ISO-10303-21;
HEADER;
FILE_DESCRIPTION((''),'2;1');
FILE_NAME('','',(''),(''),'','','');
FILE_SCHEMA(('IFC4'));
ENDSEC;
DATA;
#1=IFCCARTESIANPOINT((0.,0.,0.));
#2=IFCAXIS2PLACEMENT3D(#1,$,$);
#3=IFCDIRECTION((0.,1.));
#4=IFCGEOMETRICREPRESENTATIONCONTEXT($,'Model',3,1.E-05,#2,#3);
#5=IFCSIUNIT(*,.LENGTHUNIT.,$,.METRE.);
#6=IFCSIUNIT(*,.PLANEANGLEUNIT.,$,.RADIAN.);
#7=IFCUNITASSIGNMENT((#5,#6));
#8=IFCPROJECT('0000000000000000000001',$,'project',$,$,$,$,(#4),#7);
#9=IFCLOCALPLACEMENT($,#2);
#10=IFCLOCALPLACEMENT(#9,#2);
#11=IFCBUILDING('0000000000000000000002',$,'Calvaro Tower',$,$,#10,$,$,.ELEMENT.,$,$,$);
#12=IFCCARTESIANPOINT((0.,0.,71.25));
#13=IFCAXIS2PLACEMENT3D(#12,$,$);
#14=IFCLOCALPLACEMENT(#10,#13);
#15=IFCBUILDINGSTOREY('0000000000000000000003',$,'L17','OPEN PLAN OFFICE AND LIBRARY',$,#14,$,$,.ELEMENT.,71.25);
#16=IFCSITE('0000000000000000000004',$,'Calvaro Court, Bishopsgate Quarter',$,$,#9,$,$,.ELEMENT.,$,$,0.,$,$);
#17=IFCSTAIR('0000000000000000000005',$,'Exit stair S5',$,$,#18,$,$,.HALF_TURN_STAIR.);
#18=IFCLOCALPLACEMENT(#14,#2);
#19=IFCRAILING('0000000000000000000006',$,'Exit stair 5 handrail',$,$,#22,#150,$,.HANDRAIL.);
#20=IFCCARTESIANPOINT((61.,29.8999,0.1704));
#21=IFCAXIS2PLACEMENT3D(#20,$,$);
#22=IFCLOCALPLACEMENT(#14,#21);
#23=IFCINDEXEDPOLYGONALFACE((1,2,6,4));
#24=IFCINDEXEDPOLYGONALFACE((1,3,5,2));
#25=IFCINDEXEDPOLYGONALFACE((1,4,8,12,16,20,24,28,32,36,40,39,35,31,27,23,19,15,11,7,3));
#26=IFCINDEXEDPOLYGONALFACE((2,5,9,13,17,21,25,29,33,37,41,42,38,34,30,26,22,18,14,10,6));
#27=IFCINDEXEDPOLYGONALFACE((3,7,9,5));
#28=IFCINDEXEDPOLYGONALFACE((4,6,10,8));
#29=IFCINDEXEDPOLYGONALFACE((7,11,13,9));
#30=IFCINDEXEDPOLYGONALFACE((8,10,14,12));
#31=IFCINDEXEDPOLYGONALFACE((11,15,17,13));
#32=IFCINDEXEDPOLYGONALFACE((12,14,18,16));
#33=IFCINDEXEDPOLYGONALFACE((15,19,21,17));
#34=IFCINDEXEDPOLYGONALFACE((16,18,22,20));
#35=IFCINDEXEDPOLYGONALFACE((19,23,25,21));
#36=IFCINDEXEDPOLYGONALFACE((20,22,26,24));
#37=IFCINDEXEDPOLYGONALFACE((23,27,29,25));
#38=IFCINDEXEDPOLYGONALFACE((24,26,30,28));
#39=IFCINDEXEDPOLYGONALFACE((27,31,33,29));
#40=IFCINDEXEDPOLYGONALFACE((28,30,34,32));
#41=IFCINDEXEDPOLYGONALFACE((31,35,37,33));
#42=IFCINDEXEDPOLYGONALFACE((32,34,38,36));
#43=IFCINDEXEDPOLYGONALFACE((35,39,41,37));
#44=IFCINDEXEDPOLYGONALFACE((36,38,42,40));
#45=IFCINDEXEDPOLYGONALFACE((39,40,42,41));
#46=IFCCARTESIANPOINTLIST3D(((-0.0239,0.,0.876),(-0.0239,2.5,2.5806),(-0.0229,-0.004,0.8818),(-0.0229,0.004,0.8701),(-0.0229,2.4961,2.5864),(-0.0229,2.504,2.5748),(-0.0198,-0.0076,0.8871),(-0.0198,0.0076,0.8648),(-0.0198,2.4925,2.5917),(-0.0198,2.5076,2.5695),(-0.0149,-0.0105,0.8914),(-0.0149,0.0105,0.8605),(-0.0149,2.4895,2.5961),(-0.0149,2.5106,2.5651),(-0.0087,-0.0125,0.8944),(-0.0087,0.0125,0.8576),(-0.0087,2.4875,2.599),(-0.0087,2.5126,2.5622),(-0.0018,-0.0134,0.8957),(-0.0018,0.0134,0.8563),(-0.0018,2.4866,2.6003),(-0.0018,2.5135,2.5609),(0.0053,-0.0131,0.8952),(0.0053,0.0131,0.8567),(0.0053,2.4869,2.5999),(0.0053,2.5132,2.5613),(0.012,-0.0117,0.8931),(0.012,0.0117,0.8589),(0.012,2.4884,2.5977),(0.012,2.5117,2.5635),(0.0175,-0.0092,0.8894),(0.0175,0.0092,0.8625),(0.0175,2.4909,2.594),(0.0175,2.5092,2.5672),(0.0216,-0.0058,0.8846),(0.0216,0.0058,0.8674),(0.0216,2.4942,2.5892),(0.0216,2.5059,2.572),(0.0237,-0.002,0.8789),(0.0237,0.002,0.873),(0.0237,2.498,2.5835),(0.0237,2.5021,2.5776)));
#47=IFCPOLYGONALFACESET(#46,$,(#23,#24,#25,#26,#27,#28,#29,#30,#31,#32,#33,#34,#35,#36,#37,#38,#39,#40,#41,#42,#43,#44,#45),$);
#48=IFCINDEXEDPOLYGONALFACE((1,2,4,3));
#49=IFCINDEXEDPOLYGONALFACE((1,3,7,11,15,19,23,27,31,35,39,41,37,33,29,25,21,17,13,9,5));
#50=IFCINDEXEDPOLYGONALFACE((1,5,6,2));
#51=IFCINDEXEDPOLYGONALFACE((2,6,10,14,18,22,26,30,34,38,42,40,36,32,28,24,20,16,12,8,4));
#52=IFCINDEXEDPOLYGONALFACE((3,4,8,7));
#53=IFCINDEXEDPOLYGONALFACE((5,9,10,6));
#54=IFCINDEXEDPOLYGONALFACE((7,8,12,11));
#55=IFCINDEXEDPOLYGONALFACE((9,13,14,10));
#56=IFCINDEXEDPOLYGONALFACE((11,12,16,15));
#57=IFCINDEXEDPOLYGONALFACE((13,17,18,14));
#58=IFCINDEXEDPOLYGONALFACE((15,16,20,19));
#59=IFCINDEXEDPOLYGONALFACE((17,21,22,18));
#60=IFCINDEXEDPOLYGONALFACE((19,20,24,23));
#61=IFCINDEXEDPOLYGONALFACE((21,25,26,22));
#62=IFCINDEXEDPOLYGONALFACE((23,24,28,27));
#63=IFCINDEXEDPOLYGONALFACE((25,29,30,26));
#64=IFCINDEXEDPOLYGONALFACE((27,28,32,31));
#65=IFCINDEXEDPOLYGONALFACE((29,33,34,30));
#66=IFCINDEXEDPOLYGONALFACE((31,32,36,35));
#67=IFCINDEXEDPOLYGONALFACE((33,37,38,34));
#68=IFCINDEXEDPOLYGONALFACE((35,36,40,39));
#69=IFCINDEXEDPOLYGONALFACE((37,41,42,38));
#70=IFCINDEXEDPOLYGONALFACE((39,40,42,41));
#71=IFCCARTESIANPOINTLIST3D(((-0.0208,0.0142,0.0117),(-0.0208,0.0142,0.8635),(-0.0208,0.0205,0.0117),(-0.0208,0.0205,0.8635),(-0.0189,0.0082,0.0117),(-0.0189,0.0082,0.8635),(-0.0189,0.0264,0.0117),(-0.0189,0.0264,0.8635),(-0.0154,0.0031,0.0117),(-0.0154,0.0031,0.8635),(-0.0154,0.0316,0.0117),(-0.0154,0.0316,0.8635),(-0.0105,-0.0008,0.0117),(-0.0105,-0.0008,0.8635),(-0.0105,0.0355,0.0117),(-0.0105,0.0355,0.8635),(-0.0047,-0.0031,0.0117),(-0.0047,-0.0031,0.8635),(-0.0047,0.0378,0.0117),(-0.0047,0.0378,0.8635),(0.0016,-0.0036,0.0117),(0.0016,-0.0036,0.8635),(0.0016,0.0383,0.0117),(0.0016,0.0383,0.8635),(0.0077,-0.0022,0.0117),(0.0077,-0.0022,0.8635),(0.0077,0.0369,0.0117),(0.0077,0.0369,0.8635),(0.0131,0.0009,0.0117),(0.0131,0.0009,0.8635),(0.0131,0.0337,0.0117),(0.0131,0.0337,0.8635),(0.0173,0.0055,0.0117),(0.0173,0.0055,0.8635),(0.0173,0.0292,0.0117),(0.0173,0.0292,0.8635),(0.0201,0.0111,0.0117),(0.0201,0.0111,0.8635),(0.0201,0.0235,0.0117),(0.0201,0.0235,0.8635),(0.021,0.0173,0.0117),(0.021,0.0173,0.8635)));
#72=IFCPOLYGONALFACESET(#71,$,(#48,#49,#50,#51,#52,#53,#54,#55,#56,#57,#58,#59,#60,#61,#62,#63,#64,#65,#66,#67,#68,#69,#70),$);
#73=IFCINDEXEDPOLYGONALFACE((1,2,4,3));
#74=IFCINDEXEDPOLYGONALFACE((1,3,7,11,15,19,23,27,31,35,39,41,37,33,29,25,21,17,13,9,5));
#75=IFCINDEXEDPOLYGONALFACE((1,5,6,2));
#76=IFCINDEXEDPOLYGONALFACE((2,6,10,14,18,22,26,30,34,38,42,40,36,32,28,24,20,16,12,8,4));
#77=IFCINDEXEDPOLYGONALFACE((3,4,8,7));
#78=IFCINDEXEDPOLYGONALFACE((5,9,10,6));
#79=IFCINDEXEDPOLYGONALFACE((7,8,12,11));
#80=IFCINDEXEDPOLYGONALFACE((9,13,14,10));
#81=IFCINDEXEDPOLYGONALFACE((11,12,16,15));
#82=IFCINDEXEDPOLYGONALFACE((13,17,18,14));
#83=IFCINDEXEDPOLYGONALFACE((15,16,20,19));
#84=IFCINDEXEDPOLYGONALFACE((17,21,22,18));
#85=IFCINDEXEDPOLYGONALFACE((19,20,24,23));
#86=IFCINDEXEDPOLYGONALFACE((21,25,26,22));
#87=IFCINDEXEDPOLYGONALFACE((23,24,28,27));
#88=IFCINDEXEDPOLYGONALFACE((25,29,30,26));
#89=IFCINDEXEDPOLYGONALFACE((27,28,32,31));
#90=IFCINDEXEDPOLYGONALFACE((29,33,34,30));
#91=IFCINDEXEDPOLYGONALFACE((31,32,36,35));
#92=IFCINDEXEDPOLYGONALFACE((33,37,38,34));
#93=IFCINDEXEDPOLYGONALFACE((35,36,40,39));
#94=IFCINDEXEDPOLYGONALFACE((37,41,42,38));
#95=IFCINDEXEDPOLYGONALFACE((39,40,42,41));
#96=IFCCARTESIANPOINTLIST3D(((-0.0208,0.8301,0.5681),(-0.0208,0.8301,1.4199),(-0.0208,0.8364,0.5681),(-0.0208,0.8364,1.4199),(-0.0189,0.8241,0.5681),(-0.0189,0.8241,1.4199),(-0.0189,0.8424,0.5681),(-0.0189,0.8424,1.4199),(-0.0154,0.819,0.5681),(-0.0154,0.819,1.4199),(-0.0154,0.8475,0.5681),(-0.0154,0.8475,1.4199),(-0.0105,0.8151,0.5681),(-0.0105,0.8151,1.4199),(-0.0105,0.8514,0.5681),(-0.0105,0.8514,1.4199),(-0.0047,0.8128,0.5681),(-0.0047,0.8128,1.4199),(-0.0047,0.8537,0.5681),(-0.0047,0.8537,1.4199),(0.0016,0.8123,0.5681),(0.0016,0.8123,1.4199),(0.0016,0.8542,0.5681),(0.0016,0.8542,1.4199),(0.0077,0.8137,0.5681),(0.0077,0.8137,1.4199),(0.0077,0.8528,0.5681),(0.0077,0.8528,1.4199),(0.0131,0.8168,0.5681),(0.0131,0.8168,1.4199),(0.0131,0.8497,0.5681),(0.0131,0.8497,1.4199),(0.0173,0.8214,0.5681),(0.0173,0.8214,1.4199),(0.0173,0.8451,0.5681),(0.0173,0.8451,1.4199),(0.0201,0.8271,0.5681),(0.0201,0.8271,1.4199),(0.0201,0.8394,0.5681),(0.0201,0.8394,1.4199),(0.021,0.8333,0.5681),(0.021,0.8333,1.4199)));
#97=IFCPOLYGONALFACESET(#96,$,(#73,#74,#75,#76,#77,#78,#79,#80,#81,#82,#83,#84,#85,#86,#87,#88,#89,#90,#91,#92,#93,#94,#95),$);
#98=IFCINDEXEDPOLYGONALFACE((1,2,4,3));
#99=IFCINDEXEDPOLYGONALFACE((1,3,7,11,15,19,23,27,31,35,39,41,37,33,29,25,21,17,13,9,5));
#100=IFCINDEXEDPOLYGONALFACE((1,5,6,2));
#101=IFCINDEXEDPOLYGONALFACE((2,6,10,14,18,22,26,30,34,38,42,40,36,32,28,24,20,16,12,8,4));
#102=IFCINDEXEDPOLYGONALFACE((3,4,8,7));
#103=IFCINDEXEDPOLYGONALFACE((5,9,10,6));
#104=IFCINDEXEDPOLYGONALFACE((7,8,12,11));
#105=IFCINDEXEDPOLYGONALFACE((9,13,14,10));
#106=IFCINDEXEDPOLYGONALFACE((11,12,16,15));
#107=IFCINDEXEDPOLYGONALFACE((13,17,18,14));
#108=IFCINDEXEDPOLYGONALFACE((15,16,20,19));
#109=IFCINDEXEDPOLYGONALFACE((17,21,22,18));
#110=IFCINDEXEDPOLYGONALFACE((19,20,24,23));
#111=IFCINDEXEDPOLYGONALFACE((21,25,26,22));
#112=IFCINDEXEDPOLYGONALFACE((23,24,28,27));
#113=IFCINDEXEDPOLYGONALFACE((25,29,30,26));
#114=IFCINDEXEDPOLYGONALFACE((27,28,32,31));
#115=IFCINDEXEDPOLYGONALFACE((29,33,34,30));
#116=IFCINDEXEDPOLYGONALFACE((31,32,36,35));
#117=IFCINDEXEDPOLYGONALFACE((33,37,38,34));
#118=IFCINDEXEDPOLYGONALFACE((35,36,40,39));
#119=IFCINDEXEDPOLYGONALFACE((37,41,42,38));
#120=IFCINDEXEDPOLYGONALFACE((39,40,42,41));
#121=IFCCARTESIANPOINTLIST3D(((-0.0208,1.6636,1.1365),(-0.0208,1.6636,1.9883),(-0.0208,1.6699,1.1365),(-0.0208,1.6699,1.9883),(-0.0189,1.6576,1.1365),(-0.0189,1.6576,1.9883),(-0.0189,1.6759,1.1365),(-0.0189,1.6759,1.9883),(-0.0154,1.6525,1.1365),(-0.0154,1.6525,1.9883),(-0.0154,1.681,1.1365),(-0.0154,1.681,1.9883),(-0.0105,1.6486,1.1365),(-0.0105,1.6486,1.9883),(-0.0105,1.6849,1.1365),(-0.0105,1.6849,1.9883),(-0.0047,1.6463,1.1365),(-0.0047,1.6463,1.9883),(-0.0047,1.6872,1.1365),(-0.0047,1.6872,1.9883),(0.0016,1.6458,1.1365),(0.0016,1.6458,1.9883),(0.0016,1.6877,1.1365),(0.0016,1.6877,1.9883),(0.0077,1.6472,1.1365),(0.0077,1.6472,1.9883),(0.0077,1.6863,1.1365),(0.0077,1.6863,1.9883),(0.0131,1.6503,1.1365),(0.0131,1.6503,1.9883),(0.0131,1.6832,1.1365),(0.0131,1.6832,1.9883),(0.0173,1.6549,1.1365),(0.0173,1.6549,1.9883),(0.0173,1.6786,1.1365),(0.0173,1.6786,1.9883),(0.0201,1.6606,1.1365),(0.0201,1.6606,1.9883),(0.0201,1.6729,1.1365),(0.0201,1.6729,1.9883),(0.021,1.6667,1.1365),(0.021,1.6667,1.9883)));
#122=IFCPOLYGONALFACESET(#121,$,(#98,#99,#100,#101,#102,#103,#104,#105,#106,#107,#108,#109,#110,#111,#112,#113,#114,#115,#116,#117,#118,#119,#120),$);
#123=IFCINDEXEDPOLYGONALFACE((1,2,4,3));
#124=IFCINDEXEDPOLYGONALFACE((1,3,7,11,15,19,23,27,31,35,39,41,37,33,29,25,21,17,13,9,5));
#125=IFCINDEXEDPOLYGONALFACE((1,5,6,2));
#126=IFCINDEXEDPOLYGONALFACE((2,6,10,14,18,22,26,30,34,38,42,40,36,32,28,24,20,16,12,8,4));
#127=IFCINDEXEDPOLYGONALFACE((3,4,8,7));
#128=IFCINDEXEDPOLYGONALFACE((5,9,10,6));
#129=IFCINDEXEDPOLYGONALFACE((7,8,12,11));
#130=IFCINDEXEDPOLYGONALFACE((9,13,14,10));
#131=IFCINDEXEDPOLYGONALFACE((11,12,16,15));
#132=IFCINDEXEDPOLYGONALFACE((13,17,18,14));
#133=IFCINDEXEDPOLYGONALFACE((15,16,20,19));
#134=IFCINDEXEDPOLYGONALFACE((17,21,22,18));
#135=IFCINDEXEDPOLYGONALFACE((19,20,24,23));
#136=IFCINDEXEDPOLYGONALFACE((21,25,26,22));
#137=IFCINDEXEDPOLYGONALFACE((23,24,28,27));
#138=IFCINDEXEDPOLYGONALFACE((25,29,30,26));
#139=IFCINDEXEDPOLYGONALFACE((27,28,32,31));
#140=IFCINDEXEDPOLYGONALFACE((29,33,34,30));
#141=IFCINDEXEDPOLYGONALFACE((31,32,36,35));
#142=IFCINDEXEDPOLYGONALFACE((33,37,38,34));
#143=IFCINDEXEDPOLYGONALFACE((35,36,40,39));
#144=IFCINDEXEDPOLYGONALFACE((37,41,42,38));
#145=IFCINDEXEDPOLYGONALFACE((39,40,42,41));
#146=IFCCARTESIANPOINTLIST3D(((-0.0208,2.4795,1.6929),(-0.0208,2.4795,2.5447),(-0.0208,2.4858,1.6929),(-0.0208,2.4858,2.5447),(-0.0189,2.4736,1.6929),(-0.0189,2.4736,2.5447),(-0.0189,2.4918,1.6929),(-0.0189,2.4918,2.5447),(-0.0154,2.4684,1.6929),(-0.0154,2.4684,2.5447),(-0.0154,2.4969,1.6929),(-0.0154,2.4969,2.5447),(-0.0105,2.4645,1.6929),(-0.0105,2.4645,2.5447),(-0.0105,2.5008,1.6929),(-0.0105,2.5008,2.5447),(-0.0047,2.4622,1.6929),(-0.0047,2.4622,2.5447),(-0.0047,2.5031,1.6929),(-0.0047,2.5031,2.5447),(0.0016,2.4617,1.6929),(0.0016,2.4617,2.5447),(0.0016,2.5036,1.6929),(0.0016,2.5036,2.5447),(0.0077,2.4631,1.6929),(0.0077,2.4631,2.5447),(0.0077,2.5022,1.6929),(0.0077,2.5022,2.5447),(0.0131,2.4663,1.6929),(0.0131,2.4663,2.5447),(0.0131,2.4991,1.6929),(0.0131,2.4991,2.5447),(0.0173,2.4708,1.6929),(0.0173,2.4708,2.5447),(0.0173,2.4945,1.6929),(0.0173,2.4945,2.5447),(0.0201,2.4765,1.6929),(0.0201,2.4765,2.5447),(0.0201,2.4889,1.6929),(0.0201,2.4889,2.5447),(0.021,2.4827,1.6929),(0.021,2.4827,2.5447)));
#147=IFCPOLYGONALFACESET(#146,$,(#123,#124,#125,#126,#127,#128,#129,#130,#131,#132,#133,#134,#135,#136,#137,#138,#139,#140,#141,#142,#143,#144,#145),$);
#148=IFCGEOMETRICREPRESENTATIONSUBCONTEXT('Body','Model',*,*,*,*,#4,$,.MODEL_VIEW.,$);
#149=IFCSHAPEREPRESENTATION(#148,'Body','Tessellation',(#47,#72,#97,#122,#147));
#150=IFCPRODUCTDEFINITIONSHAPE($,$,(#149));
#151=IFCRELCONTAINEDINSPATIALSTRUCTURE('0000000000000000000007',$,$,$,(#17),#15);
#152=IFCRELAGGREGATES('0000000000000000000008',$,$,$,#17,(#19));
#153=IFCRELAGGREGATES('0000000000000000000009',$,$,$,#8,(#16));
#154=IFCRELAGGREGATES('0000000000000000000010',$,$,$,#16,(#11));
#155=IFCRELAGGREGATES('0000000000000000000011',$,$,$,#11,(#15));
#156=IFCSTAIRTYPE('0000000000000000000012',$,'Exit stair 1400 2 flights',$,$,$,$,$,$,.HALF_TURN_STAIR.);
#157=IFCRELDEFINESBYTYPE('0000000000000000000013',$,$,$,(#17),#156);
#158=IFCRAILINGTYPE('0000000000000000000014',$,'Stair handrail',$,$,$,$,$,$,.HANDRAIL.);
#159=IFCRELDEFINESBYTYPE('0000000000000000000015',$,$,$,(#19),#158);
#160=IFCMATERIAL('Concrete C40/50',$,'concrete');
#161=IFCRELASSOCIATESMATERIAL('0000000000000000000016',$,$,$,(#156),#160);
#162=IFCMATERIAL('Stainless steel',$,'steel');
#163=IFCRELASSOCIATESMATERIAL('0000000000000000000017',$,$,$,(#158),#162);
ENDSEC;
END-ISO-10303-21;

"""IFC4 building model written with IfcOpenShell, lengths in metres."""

from ifc_helpers import new_model, si_unit, direction, frame, origin, origin_2d, place, context, subcontext, project, spatial, circle, extrude, material, type_object, element, aggregate, save


model = new_model("IFC4")

# Units and contexts
model_context = context("Model", 3, precision=1e-05, world=origin(), true_north=direction((0.0, 1.0)))
body_context = subcontext(model_context, "Body", "Model", "MODEL_VIEW")
ifc_project = project(units=[si_unit("LENGTHUNIT", "METRE"), si_unit("PLANEANGLEUNIT", "RADIAN")], contexts=[model_context])

# Site, building, storey
site_placement = place(None, origin())
site = spatial("IfcSite", under=ifc_project, at=site_placement, Name="Calvaro Court, Bishopsgate Quarter", CompositionType="ELEMENT", RefElevation=0.0)
building_placement = place(site_placement, origin())
building = spatial("IfcBuilding", under=site, at=building_placement, Name="Calvaro Tower", CompositionType="ELEMENT")
storey_placement = place(building_placement, frame((0.0, 0.0, 71.25)))
storey = spatial("IfcBuildingStorey", under=building, at=storey_placement, Name="L17", Description="OPEN PLAN OFFICE AND LIBRARY", CompositionType="ELEMENT", Elevation=71.25)

# Stair, railing
ifc_material_1 = material(Name="Concrete C40/50", Category="concrete")
stair_type = type_object("IfcStairType", Name="Exit stair 1400 2 flights", PredefinedType="HALF_TURN_STAIR", material=ifc_material_1)
stair_placement = place(storey_placement, origin())
stair = element("IfcStair", 1, at=stair_placement, inside=storey, type_object=stair_type, Name="Exit stair S5", PredefinedType="HALF_TURN_STAIR")
ifc_material_2 = material(Name="Stainless steel", Category="steel")
railing_type = type_object("IfcRailingType", Name="Stair handrail", PredefinedType="HANDRAIL", material=ifc_material_2)
railing_placement = place(storey_placement, frame((61.0, 29.8999, 0.1704)))
railing = element("IfcRailing", 2, at=railing_placement, type_object=railing_type, Name="Exit stair 5 handrail", PredefinedType="HANDRAIL", context=body_context, shape_type="SweptSolid", body=[
    extrude(circle(Radius=0.0239, at=origin_2d()), frame((0.0, 0.0, 0.876), z_axis=(0.0, 0.826221, 0.563347), x_axis=(-1.0, 0.0, 0.0)), (0.0, 0.0, 1.0), 3.0259),
    extrude(circle(Radius=0.021, at=origin_2d()), frame((0.0, 0.0173, 0.0117)), (0.0, 0.0, 1.0), 0.8518),
    extrude(circle(Radius=0.021, at=origin_2d()), frame((0.0, 0.8333, 0.5681)), (0.0, 0.0, 1.0), 0.8518),
    extrude(circle(Radius=0.021, at=origin_2d()), frame((0.0, 1.6667, 1.1365)), (0.0, 0.0, 1.0), 0.8518),
    extrude(circle(Radius=0.021, at=origin_2d()), frame((0.0, 2.4827, 1.6929)), (0.0, 0.0, 1.0), 0.8518),
])
aggregate(stair, [railing])

save(model, "model.ifc")
